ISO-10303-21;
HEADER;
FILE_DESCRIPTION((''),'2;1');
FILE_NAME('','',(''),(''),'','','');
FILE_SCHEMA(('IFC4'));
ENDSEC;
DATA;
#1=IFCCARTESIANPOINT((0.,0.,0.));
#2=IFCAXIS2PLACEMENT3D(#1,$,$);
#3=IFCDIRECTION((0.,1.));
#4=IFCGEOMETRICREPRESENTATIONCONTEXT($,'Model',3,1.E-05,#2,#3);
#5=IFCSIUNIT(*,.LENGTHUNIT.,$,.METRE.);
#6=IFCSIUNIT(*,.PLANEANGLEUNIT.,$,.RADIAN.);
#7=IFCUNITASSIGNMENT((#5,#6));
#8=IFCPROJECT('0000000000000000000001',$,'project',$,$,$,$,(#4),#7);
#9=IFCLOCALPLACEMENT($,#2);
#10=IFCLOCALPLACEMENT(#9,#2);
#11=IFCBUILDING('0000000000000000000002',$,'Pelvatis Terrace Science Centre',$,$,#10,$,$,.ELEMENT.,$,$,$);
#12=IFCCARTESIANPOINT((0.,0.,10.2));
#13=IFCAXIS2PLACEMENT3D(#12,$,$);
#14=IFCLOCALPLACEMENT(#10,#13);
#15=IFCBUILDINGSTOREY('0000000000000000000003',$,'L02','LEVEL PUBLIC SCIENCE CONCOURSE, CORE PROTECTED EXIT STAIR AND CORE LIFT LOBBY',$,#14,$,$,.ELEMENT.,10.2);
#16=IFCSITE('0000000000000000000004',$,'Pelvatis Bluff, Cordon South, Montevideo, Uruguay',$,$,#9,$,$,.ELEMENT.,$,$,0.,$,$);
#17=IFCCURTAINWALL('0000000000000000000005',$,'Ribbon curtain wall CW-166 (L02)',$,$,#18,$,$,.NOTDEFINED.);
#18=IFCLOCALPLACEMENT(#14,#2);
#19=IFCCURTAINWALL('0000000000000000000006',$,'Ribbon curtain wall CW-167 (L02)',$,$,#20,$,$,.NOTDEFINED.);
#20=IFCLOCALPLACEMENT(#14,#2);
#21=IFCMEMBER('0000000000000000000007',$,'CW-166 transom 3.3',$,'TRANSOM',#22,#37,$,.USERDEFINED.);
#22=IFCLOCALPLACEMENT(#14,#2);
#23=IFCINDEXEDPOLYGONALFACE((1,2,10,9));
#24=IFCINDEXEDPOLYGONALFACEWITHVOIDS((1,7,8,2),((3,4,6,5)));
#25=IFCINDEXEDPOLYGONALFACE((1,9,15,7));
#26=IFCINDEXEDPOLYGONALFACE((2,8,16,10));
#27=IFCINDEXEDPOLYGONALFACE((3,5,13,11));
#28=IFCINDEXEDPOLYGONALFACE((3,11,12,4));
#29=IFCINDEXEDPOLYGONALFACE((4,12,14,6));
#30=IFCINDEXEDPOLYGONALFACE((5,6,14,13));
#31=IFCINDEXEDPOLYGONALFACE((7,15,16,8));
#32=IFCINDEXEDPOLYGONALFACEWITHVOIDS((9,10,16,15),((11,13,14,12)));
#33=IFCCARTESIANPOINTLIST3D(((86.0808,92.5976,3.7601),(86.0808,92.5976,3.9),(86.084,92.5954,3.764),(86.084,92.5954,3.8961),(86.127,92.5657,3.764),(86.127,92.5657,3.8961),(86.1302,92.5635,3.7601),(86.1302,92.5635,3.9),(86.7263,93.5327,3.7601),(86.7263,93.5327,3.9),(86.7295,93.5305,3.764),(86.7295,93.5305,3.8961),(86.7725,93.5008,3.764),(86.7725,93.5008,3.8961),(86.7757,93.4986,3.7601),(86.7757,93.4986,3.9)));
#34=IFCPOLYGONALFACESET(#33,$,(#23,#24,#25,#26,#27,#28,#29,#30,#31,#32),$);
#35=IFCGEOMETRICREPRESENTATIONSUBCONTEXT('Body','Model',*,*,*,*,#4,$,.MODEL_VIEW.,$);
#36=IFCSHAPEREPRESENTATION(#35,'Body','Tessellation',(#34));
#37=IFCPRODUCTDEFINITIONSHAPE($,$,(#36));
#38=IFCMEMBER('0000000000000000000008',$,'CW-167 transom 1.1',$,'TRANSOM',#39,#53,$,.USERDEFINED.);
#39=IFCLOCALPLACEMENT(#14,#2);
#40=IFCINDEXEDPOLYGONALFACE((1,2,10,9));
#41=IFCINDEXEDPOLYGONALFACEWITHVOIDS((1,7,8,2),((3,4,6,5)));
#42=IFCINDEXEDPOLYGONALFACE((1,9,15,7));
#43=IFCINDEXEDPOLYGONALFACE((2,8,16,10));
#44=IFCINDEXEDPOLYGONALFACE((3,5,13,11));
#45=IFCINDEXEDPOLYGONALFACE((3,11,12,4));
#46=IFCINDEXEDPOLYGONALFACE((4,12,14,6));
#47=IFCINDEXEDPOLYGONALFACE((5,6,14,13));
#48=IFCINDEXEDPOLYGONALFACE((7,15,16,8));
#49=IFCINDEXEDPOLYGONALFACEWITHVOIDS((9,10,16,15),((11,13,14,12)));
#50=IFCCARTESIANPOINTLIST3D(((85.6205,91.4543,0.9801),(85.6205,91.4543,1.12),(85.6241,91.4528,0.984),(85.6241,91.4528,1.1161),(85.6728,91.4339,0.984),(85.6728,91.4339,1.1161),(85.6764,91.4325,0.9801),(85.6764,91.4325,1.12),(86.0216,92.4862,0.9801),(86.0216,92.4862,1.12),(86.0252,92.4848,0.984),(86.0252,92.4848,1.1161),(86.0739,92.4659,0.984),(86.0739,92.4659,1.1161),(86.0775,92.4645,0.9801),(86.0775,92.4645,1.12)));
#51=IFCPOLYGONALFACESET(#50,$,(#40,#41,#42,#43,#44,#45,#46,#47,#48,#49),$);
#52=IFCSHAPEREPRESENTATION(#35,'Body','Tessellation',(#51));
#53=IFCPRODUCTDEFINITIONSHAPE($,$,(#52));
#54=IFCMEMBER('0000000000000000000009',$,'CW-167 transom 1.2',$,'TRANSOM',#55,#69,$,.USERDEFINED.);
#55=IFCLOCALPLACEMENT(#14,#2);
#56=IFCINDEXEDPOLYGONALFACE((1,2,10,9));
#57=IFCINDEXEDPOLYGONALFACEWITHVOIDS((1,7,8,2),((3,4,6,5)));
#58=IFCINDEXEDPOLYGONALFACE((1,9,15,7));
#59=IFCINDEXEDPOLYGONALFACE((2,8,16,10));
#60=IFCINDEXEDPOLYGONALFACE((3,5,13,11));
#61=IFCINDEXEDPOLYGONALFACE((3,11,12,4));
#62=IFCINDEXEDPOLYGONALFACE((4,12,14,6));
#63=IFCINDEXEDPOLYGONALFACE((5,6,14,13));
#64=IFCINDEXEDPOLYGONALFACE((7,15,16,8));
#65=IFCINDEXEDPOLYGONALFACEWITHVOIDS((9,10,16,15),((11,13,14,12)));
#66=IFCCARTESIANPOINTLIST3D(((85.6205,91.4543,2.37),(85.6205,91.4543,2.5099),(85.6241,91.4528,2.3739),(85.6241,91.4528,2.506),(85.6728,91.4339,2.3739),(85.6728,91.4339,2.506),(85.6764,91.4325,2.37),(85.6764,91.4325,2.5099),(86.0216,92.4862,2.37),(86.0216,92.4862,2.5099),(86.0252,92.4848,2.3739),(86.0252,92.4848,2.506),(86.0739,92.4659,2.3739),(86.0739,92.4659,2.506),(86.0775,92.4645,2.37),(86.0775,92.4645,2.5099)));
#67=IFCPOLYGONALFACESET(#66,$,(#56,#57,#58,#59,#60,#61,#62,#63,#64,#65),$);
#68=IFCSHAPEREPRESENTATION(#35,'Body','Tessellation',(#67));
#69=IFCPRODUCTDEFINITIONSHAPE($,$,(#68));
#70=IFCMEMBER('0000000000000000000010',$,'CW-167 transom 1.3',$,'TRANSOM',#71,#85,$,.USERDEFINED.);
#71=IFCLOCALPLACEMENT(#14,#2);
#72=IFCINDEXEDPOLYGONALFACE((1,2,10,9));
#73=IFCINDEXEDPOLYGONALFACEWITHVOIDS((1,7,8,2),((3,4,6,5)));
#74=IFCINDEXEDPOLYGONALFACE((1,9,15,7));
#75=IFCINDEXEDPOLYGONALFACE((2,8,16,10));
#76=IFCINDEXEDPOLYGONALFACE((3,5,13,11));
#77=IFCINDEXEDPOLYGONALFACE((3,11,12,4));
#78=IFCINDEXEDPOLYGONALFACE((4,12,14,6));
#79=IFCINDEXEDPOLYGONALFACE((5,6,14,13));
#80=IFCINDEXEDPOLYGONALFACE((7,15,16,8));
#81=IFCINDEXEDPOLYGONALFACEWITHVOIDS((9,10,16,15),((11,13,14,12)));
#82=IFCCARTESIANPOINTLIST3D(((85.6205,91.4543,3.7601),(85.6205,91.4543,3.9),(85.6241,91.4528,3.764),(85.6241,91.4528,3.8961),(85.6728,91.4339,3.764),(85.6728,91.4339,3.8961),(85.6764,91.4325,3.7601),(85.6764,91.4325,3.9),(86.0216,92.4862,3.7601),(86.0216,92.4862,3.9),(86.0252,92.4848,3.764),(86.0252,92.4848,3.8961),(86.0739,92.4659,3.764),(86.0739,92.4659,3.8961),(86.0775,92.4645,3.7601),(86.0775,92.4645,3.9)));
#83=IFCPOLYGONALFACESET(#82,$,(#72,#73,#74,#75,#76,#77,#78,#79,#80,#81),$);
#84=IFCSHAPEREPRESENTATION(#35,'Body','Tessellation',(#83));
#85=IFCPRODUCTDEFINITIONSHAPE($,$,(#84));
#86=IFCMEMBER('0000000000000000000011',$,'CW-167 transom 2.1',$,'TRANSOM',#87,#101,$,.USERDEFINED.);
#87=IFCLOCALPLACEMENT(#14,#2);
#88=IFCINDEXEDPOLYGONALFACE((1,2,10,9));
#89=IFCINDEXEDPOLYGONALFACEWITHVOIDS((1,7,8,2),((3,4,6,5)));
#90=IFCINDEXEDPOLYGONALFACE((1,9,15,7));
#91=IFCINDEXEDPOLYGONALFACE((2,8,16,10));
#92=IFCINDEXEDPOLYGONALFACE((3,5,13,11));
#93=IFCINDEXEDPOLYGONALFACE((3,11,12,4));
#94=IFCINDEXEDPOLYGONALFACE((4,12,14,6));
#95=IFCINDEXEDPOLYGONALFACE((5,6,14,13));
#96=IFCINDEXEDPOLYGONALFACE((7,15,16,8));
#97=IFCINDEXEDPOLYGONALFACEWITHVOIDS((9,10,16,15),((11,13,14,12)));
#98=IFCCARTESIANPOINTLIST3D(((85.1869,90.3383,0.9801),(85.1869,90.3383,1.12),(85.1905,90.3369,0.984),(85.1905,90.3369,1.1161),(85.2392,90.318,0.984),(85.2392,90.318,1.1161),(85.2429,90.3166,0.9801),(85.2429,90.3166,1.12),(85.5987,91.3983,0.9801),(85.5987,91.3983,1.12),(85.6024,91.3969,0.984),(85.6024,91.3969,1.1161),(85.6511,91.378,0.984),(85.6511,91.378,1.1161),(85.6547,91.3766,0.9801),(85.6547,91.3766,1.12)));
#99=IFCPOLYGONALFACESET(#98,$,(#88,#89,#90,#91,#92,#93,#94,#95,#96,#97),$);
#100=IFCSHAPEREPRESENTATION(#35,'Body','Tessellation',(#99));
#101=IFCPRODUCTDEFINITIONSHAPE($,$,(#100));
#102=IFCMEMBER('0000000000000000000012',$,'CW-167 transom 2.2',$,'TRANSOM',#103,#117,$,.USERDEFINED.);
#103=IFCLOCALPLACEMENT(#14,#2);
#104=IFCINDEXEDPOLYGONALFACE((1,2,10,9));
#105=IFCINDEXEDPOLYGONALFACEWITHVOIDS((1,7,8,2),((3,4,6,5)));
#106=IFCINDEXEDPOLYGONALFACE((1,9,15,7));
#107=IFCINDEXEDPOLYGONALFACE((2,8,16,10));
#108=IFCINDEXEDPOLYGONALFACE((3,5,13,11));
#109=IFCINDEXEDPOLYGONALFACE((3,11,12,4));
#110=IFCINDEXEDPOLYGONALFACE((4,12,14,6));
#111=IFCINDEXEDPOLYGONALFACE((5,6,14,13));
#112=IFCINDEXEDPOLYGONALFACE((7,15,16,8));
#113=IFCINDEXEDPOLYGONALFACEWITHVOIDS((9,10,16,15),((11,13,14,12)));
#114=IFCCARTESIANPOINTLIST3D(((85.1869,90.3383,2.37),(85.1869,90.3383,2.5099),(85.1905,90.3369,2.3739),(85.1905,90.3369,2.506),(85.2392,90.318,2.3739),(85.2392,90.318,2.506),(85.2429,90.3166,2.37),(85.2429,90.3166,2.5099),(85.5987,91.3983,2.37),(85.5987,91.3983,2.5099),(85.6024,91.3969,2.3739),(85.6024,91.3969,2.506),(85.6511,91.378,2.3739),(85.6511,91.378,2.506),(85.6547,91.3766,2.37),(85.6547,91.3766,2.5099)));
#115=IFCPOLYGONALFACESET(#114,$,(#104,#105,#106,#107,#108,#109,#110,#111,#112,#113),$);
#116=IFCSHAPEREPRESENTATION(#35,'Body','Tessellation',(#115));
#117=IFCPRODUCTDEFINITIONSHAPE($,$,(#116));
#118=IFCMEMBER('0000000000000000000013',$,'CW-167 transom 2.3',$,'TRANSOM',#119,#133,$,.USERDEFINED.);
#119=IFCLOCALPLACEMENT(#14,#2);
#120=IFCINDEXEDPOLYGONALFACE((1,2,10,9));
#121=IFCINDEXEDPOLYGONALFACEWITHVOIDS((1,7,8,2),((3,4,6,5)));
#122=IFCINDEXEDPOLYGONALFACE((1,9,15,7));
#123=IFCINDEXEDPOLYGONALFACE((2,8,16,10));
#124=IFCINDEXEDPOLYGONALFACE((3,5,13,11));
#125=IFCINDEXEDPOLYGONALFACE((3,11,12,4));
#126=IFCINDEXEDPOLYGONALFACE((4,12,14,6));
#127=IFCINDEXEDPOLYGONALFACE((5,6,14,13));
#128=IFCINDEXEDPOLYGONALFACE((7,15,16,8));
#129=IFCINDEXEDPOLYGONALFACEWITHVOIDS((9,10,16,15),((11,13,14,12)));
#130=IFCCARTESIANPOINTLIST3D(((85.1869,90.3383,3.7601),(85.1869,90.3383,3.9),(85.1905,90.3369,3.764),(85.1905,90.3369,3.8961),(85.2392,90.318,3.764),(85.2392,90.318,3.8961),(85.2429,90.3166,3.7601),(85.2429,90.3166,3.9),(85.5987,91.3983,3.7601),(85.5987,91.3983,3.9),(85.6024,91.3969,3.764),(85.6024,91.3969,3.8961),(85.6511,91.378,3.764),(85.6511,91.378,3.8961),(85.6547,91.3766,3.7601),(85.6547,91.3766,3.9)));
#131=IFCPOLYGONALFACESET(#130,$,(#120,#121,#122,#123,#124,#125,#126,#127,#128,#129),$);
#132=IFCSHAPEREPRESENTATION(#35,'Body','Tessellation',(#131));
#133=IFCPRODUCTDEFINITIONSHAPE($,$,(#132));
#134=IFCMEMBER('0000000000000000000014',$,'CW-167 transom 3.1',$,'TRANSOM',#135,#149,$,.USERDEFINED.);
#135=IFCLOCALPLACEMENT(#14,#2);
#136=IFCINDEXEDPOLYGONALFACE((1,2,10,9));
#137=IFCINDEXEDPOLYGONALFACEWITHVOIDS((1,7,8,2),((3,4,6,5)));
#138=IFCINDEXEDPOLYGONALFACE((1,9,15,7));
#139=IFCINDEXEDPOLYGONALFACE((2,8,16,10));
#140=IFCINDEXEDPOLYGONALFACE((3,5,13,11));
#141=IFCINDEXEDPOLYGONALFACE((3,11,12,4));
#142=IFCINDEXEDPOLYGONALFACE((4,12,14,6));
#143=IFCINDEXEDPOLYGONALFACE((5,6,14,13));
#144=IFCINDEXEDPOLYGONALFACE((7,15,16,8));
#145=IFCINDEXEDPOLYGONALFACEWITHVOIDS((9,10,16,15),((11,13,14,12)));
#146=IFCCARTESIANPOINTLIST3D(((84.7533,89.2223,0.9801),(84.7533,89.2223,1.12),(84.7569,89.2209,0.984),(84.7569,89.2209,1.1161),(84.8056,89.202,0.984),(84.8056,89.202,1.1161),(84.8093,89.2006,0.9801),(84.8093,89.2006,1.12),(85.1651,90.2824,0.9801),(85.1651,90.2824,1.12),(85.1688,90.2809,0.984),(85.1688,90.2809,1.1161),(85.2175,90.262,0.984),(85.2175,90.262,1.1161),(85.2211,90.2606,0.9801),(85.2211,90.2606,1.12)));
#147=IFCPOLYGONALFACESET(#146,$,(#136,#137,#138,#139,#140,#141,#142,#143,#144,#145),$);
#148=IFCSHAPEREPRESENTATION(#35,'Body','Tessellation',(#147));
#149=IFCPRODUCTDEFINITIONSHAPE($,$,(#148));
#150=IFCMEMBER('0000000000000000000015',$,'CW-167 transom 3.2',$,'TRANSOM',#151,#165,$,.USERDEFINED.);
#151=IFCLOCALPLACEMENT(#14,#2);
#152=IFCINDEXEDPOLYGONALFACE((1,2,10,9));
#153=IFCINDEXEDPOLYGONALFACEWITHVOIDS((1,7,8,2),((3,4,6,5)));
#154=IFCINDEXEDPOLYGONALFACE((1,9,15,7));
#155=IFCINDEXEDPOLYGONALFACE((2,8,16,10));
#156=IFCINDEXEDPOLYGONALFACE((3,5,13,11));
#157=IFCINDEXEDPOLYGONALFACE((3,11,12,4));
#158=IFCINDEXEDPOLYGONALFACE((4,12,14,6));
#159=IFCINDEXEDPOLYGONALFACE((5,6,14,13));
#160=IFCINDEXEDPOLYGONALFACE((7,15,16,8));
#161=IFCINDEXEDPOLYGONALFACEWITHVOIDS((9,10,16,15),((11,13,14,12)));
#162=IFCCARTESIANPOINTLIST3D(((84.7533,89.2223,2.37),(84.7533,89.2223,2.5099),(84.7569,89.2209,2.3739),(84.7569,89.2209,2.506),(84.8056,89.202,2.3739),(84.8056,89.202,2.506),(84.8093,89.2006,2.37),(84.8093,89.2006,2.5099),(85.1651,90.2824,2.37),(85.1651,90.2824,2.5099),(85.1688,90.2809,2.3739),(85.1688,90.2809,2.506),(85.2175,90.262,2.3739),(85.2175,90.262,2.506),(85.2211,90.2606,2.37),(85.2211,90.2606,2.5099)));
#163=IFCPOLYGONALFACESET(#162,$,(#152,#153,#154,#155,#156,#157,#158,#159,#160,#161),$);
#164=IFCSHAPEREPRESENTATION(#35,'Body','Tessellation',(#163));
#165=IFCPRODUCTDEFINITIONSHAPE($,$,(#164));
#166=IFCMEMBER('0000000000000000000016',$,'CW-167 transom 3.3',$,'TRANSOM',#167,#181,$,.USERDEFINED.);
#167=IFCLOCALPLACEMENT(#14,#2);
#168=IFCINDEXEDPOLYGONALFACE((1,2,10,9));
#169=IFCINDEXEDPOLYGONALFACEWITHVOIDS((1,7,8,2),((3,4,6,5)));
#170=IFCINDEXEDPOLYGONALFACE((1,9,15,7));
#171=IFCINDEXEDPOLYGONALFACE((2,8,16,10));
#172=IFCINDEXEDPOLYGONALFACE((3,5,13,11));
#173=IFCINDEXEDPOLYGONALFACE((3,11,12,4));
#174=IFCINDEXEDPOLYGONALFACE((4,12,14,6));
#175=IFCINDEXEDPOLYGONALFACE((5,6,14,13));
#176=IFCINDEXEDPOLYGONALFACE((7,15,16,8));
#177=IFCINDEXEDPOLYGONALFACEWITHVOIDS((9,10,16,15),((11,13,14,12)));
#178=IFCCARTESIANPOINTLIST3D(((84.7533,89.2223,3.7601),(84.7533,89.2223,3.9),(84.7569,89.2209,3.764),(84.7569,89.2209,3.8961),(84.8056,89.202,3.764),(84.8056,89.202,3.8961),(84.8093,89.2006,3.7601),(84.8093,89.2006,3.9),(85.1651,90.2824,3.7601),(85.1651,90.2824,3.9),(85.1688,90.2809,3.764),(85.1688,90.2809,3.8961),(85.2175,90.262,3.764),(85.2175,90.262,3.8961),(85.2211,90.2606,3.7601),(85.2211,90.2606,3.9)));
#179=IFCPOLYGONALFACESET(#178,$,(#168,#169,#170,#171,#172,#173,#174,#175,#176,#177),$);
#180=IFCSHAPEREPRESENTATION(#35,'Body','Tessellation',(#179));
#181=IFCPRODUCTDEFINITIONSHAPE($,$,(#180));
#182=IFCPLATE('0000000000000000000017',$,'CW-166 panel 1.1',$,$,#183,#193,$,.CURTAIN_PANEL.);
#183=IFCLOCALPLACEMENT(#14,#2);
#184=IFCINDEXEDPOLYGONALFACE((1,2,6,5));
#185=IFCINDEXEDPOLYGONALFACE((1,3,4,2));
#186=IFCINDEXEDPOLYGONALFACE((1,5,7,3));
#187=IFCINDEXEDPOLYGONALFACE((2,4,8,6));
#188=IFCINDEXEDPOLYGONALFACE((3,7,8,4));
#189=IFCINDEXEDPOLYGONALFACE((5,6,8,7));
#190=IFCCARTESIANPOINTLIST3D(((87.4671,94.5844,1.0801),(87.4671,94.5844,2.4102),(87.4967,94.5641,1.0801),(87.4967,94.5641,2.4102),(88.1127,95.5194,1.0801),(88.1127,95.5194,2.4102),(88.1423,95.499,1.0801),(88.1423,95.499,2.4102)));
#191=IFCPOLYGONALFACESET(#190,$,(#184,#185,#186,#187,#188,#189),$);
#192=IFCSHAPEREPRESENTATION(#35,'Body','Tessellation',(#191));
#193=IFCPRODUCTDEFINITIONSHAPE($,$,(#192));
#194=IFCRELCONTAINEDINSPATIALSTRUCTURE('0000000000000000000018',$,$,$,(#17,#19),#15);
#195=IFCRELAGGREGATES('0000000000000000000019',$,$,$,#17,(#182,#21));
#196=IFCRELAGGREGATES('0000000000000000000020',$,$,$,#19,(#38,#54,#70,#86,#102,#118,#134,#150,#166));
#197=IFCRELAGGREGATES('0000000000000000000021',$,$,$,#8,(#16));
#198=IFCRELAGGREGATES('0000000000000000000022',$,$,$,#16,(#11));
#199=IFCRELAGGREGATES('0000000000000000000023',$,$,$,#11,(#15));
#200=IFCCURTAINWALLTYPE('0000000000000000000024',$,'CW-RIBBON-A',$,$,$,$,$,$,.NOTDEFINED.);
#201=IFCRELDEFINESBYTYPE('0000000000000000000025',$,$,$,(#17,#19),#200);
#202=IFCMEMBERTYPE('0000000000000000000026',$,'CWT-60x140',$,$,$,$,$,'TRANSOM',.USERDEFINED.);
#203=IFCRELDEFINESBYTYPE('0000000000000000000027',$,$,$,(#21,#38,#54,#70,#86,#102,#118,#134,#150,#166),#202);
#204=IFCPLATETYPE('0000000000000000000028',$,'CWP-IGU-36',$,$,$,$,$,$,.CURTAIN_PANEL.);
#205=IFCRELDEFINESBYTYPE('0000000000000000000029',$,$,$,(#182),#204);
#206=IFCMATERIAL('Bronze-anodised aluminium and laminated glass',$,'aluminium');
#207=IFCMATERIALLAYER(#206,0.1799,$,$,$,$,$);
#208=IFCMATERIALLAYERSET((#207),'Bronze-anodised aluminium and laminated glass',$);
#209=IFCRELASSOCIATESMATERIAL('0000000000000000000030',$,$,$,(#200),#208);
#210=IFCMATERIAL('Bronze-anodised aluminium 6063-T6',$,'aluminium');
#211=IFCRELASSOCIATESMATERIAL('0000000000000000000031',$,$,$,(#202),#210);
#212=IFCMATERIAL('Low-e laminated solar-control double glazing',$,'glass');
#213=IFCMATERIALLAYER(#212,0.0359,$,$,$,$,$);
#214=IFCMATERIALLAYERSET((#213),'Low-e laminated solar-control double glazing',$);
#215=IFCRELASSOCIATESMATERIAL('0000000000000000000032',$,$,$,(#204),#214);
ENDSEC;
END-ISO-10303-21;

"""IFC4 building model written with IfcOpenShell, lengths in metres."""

from ifc_helpers import new_model, si_unit, direction, frame, origin, origin_2d, place, context, subcontext, project, spatial, rectangle, hollow_rectangle, extrude, material, layer, layer_set, material_profile, profile_set, type_object, element, aggregate, save


model = new_model("IFC4")

# Units and contexts
model_context = context("Model", 3, precision=1e-05, world=origin(), true_north=direction((0.0, 1.0)))
body_context = subcontext(model_context, "Body", "Model", "MODEL_VIEW")
ifc_project = project(units=[si_unit("LENGTHUNIT", "METRE"), si_unit("PLANEANGLEUNIT", "RADIAN")], contexts=[model_context])

# Site, building, storey
site_placement = place(None, origin())
site = spatial("IfcSite", under=ifc_project, at=site_placement, Name="Pelvatis Bluff, Cordon South, Montevideo, Uruguay", CompositionType="ELEMENT", RefElevation=0.0)
building_placement = place(site_placement, origin())
building = spatial("IfcBuilding", under=site, at=building_placement, Name="Pelvatis Terrace Science Centre", CompositionType="ELEMENT")
storey_placement = place(building_placement, frame((0.0, 0.0, 10.2)))
storey = spatial("IfcBuildingStorey", under=building, at=storey_placement, Name="L02", Description="LEVEL PUBLIC SCIENCE CONCOURSE, CORE PROTECTED EXIT STAIR AND CORE LIFT LOBBY", CompositionType="ELEMENT", Elevation=10.2)

# Curtain walls
ifc_material_1 = material(Name="Bronze-anodised aluminium and laminated glass", Category="aluminium")
ifc_layer_1 = layer(ifc_material_1, 0.1799)
ifc_layer_set_1 = layer_set([ifc_layer_1], Name="Bronze-anodised aluminium and laminated glass")
curtain_wall_type = type_object("IfcCurtainWallType", Name="CW-RIBBON-A", PredefinedType="NOTDEFINED", material=ifc_layer_set_1)
curtain_wall_1_placement = place(storey_placement, origin())
curtain_wall_1 = element("IfcCurtainWall", 1, at=curtain_wall_1_placement, inside=storey, type_object=curtain_wall_type, Name="Ribbon curtain wall CW-166 (L02)", PredefinedType="NOTDEFINED")
curtain_wall_2_placement = place(storey_placement, origin())
curtain_wall_2 = element("IfcCurtainWall", 2, at=curtain_wall_2_placement, inside=storey, type_object=curtain_wall_type, Name="Ribbon curtain wall CW-167 (L02)", PredefinedType="NOTDEFINED")

# Members
ifc_material_2 = material(Name="Bronze-anodised aluminium 6063-T6", Category="aluminium")
ifc_material_profile_1 = material_profile(ifc_material_2, hollow_rectangle(XDim=0.0601, YDim=0.1399, WallThickness=0.0039, at=origin_2d()), Name="ALU-TRN 60x140")
ifc_profile_set_1 = profile_set([ifc_material_profile_1], Name="Bronze-anodised aluminium 6063-T6")
member_type_1 = type_object("IfcMemberType", Name="CWT-60x140", ElementType="TRANSOM", PredefinedType="USERDEFINED", material=ifc_profile_set_1)
member_1_placement = place(storey_placement, frame((86.751, 93.5156, 3.8301), z_axis=(-0.568114, -0.82295, 0.0), x_axis=(0.82295, -0.568114, 0.0)))
member_1 = element("IfcMember", 3, at=member_1_placement, type_object=member_type_1, Name="CW-166 transom 3.3", ObjectType="TRANSOM", PredefinedType="USERDEFINED", context=body_context, shape_type="SweptSolid", body=[
    extrude(hollow_rectangle(XDim=0.0601, YDim=0.1399, WallThickness=0.0039, at=origin_2d()), origin(), (0.0, 0.0, 1.0), 1.1362),
])
member_2_placement = place(storey_placement, frame((86.0496, 92.4753, 1.05), z_axis=(-0.362287, -0.932067, 0.0), x_axis=(0.932067, -0.362287, 0.0)))
member_2 = element("IfcMember", 4, at=member_2_placement, type_object=member_type_1, Name="CW-167 transom 1.1", ObjectType="TRANSOM", PredefinedType="USERDEFINED", context=body_context, shape_type="SweptSolid", body=[
    extrude(hollow_rectangle(XDim=0.0601, YDim=0.1399, WallThickness=0.0039, at=origin_2d()), origin(), (0.0, 0.0, 1.0), 1.1072),
])
member_3_placement = place(storey_placement, frame((86.0496, 92.4753, 2.4399), z_axis=(-0.362287, -0.932067, 0.0), x_axis=(0.932067, -0.362287, 0.0)))
member_3 = element("IfcMember", 5, at=member_3_placement, type_object=member_type_1, Name="CW-167 transom 1.2", ObjectType="TRANSOM", PredefinedType="USERDEFINED", context=body_context, shape_type="SweptSolid", body=[
    extrude(hollow_rectangle(XDim=0.0601, YDim=0.1399, WallThickness=0.0039, at=origin_2d()), origin(), (0.0, 0.0, 1.0), 1.1072),
])
member_4_placement = place(storey_placement, frame((86.0496, 92.4753, 3.8301), z_axis=(-0.362287, -0.932067, 0.0), x_axis=(0.932067, -0.362287, 0.0)))
member_4 = element("IfcMember", 6, at=member_4_placement, type_object=member_type_1, Name="CW-167 transom 1.3", ObjectType="TRANSOM", PredefinedType="USERDEFINED", context=body_context, shape_type="SweptSolid", body=[
    extrude(hollow_rectangle(XDim=0.0601, YDim=0.1399, WallThickness=0.0039, at=origin_2d()), origin(), (0.0, 0.0, 1.0), 1.1072),
])
member_5_placement = place(storey_placement, frame((85.6267, 91.3875, 1.05), z_axis=(-0.362156, -0.932117, 0.0), x_axis=(0.932117, -0.362156, 0.0)))
member_5 = element("IfcMember", 7, at=member_5_placement, type_object=member_type_1, Name="CW-167 transom 2.1", ObjectType="TRANSOM", PredefinedType="USERDEFINED", context=body_context, shape_type="SweptSolid", body=[
    extrude(hollow_rectangle(XDim=0.0601, YDim=0.1399, WallThickness=0.0039, at=origin_2d()), origin(), (0.0, 0.0, 1.0), 1.1372),
])
member_6_placement = place(storey_placement, frame((85.6267, 91.3875, 2.4399), z_axis=(-0.362156, -0.932117, 0.0), x_axis=(0.932117, -0.362156, 0.0)))
member_6 = element("IfcMember", 8, at=member_6_placement, type_object=member_type_1, Name="CW-167 transom 2.2", ObjectType="TRANSOM", PredefinedType="USERDEFINED", context=body_context, shape_type="SweptSolid", body=[
    extrude(hollow_rectangle(XDim=0.0601, YDim=0.1399, WallThickness=0.0039, at=origin_2d()), origin(), (0.0, 0.0, 1.0), 1.1372),
])
member_7_placement = place(storey_placement, frame((85.6267, 91.3875, 3.8301), z_axis=(-0.362156, -0.932117, 0.0), x_axis=(0.932117, -0.362156, 0.0)))
member_7 = element("IfcMember", 9, at=member_7_placement, type_object=member_type_1, Name="CW-167 transom 2.3", ObjectType="TRANSOM", PredefinedType="USERDEFINED", context=body_context, shape_type="SweptSolid", body=[
    extrude(hollow_rectangle(XDim=0.0601, YDim=0.1399, WallThickness=0.0039, at=origin_2d()), origin(), (0.0, 0.0, 1.0), 1.1372),
])
member_8_placement = place(storey_placement, frame((85.1931, 90.2715, 1.05), z_axis=(-0.362156, -0.932117, 0.0), x_axis=(0.932117, -0.362156, 0.0)))
member_8 = element("IfcMember", 10, at=member_8_placement, type_object=member_type_1, Name="CW-167 transom 3.1", ObjectType="TRANSOM", PredefinedType="USERDEFINED", context=body_context, shape_type="SweptSolid", body=[
    extrude(hollow_rectangle(XDim=0.0601, YDim=0.1399, WallThickness=0.0039, at=origin_2d()), origin(), (0.0, 0.0, 1.0), 1.1372),
])
member_9_placement = place(storey_placement, frame((85.1931, 90.2715, 2.4399), z_axis=(-0.362156, -0.932117, 0.0), x_axis=(0.932117, -0.362156, 0.0)))
member_9 = element("IfcMember", 11, at=member_9_placement, type_object=member_type_1, Name="CW-167 transom 3.2", ObjectType="TRANSOM", PredefinedType="USERDEFINED", context=body_context, shape_type="SweptSolid", body=[
    extrude(hollow_rectangle(XDim=0.0601, YDim=0.1399, WallThickness=0.0039, at=origin_2d()), origin(), (0.0, 0.0, 1.0), 1.1372),
])
member_10_placement = place(storey_placement, frame((85.1931, 90.2715, 3.8301), z_axis=(-0.362156, -0.932117, 0.0), x_axis=(0.932117, -0.362156, 0.0)))
member_10 = element("IfcMember", 12, at=member_10_placement, type_object=member_type_1, Name="CW-167 transom 3.3", ObjectType="TRANSOM", PredefinedType="USERDEFINED", context=body_context, shape_type="SweptSolid", body=[
    extrude(hollow_rectangle(XDim=0.0601, YDim=0.1399, WallThickness=0.0039, at=origin_2d()), origin(), (0.0, 0.0, 1.0), 1.1372),
])

# Plate
ifc_material_3 = material(Name="Low-e laminated solar-control double glazing", Category="glass")
ifc_layer_2 = layer(ifc_material_3, 0.0359)
ifc_layer_set_2 = layer_set([ifc_layer_2], Name="Low-e laminated solar-control double glazing")
plate_type = type_object("IfcPlateType", Name="CWP-IGU-36", PredefinedType="CURTAIN_PANEL", material=ifc_layer_set_2)
plate_1_placement = place(storey_placement, frame((87.8047, 95.0417, 1.0801), z_axis=(0.0, 0.0, 1.0), x_axis=(-0.5682, -0.82289, 0.0)))
plate_1 = element("IfcPlate", 13, at=plate_1_placement, type_object=plate_type, Name="CW-166 panel 1.1", PredefinedType="CURTAIN_PANEL", context=body_context, shape_type="SweptSolid", body=[
    extrude(rectangle(XDim=1.1362, YDim=0.0359, at=origin_2d()), origin(), (0.0, 0.0, 1.0), 1.3301),
])
aggregate(curtain_wall_1, [plate_1, member_1])
aggregate(curtain_wall_2, [member_2, member_3, member_4, member_5, member_6, member_7, member_8, member_9, member_10])

save(model, "model.ifc")
